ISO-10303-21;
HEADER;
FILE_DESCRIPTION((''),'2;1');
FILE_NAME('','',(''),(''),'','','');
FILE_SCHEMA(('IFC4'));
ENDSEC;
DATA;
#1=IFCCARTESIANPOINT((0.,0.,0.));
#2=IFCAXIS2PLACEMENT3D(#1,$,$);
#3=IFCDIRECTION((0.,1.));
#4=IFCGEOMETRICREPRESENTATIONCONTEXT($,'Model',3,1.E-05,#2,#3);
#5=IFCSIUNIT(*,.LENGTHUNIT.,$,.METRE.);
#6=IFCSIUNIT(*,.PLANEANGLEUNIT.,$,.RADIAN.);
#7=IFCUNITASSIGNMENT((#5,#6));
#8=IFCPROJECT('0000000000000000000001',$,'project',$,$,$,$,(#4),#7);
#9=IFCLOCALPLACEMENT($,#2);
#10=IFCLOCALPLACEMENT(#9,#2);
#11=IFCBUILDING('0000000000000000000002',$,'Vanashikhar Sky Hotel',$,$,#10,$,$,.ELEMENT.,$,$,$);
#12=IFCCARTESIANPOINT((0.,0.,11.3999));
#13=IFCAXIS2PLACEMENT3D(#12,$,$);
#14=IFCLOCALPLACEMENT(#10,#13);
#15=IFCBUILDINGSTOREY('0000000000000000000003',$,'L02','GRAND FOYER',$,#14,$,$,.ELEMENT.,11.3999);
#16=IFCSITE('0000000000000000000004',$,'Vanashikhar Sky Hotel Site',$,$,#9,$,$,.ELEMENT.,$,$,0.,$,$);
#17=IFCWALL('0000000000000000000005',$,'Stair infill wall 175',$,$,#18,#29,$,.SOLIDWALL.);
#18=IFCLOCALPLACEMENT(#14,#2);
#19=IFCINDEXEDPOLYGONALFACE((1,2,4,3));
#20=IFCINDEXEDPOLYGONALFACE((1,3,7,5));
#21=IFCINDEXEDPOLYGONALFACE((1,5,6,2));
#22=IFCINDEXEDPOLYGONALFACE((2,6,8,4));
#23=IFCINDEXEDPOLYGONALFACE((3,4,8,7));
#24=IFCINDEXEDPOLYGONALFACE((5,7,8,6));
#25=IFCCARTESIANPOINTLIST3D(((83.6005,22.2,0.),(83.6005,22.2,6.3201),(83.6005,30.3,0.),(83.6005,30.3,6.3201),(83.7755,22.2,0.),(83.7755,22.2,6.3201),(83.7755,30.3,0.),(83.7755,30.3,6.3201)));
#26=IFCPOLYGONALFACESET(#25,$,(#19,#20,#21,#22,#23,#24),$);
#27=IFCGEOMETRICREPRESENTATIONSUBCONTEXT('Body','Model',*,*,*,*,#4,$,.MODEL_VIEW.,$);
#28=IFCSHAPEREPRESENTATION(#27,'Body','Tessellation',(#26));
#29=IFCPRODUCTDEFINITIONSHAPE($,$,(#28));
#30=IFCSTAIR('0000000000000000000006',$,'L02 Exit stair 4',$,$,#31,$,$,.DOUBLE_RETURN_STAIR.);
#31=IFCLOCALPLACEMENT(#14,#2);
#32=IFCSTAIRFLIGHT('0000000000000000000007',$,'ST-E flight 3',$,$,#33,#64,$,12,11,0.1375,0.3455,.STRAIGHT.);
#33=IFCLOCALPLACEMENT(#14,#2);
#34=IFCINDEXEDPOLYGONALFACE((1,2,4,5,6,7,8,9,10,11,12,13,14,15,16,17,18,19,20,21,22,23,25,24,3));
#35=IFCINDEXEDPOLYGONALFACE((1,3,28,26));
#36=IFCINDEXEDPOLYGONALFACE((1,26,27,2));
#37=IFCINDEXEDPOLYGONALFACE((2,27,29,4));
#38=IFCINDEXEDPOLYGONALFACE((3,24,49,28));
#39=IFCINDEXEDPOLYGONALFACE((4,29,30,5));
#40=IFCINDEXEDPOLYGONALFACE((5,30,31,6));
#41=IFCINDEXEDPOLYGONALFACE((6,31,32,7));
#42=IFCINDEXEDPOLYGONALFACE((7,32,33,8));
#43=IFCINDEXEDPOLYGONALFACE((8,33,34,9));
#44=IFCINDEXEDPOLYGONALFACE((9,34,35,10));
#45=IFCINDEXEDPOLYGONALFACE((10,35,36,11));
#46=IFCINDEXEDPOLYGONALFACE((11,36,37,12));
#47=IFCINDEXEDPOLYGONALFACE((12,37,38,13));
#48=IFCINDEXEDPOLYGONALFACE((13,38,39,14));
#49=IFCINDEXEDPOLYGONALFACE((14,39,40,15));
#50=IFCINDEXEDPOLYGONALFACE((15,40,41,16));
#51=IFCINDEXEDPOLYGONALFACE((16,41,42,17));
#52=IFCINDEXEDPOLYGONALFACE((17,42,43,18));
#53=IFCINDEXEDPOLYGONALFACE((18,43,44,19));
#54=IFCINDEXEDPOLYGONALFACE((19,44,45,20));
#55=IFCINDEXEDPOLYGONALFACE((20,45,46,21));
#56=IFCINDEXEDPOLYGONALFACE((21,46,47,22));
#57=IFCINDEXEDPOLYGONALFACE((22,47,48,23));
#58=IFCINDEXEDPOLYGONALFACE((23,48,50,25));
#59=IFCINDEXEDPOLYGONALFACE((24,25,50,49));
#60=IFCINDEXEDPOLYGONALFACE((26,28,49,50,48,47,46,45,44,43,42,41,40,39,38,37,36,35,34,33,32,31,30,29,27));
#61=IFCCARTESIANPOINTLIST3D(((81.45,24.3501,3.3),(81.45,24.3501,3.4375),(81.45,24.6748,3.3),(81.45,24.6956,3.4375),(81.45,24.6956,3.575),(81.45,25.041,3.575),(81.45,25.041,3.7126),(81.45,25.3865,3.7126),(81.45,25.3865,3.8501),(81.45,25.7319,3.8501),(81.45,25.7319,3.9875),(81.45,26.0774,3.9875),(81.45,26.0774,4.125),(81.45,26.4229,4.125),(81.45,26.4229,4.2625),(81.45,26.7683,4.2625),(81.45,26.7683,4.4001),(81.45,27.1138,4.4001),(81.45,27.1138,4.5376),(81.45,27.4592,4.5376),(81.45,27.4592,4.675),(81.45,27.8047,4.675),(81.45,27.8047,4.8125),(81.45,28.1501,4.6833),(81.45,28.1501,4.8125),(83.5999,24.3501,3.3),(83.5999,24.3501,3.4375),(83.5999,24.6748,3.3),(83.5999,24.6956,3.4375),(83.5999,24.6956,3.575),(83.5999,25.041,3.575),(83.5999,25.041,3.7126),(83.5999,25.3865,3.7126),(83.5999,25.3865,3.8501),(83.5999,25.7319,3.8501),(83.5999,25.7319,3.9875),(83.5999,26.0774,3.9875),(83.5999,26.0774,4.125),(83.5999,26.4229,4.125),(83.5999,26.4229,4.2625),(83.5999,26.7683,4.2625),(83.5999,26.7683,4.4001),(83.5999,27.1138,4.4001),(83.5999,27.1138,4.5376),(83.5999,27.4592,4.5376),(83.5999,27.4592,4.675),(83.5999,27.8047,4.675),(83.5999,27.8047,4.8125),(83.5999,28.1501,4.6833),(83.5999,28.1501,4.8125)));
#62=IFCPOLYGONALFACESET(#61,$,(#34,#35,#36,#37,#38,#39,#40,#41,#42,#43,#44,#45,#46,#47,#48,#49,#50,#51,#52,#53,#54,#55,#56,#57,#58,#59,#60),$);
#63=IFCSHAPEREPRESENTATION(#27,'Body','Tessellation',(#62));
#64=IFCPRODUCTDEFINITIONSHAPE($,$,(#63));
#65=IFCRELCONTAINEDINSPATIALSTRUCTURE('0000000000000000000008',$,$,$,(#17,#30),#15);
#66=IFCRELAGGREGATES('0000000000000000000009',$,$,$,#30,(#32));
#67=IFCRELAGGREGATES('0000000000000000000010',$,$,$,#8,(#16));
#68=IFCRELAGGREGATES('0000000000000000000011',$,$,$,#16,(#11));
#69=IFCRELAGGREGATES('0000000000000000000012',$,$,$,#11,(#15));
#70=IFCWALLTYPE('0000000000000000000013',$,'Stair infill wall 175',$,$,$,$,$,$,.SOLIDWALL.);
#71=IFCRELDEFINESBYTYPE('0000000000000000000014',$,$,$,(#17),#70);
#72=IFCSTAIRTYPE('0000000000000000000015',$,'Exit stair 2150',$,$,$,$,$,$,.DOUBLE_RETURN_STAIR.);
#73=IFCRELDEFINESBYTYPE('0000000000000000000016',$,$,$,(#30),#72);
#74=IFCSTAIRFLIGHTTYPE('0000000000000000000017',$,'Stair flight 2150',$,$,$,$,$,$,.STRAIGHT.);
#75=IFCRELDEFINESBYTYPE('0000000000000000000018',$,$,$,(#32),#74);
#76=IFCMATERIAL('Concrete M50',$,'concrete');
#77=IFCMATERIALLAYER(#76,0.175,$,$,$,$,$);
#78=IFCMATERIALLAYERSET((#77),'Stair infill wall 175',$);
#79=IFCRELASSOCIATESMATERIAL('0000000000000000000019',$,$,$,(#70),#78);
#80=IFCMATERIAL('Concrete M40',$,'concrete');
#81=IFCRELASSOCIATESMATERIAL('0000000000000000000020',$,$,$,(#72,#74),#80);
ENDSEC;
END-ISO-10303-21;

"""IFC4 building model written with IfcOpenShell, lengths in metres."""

from ifc_helpers import new_model, si_unit, direction, frame, frame_2d, origin, place, context, subcontext, project, spatial, polyline, rectangle, outline, extrude, source, transform, mapped, material, layer, layer_set, type_object, element, aggregate, save


model = new_model("IFC4")

# Units and contexts
model_context = context("Model", 3, precision=1e-05, world=origin(), true_north=direction((0.0, 1.0)))
body_context = subcontext(model_context, "Body", "Model", "MODEL_VIEW")
ifc_project = project(units=[si_unit("LENGTHUNIT", "METRE"), si_unit("PLANEANGLEUNIT", "RADIAN")], contexts=[model_context])

# Site, building, storey
site_placement = place(None, origin())
site = spatial("IfcSite", under=ifc_project, at=site_placement, Name="Vanashikhar Sky Hotel Site", CompositionType="ELEMENT", RefElevation=0.0)
building_placement = place(site_placement, origin())
building = spatial("IfcBuilding", under=site, at=building_placement, Name="Vanashikhar Sky Hotel", CompositionType="ELEMENT")
storey_placement = place(building_placement, frame((0.0, 0.0, 11.3999)))
storey = spatial("IfcBuildingStorey", under=building, at=storey_placement, Name="L02", Description="GRAND FOYER", CompositionType="ELEMENT", Elevation=11.3999)

# Shared definitions
ifc_material_1 = material(Name="Concrete M50", Category="concrete")

# Wall
ifc_layer_1 = layer(ifc_material_1, 0.175)
ifc_layer_set_1 = layer_set([ifc_layer_1], Name="Stair infill wall 175")
wall_type_1 = type_object("IfcWallType", Name="Stair infill wall 175", PredefinedType="SOLIDWALL", material=ifc_layer_set_1)
shared_shape_1 = source(origin(), body_context, "Body", "SweptSolid", [
    extrude(rectangle(XDim=8.1001, YDim=0.175, at=frame_2d((4.05, 0.0))), origin(), (0.0, 0.0, 1.0), 6.3201),
])
wall_1_placement = place(storey_placement, frame((83.688, 22.2, 0.0), z_axis=(0.0, 0.0, 1.0), x_axis=(0.0, 1.0, 0.0)))
element("IfcWall", 1, at=wall_1_placement, inside=storey, type_object=wall_type_1, Name="Stair infill wall 175", PredefinedType="SOLIDWALL", context=body_context, shape_type="MappedRepresentation", body=[
    mapped(shared_shape_1, transform((0.0, 0.0, 0.0), scale=1.0)),
])

# Stair, stair flight
ifc_material_2 = material(Name="Concrete M40", Category="concrete")
stair_type = type_object("IfcStairType", Name="Exit stair 2150", PredefinedType="DOUBLE_RETURN_STAIR", material=ifc_material_2)
stair_placement = place(storey_placement, origin())
stair = element("IfcStair", 2, at=stair_placement, inside=storey, type_object=stair_type, Name="L02 Exit stair 4", PredefinedType="DOUBLE_RETURN_STAIR")
stair_flight_type = type_object("IfcStairFlightType", Name="Stair flight 2150", PredefinedType="STRAIGHT", material=ifc_material_2)
shared_shape_2 = source(origin(), body_context, "Body", "SweptSolid", [
    extrude(outline(polyline([(0.0, 0.0), (0.0, 0.1375), (0.3455, 0.1375), (0.3455, 0.2749), (0.6909, 0.2749), (0.6909, 0.4126), (1.0364, 0.4126), (1.0364, 0.55), (1.3818, 0.55), (1.3818, 0.6875), (1.7273, 0.6875), (1.7273, 0.825), (2.0728, 0.825), (2.0728, 0.9624), (2.4182, 0.9624), (2.4182, 1.1001), (2.7637, 1.1001), (2.7637, 1.2375), (3.1091, 1.2375), (3.1091, 1.375), (3.4546, 1.375), (3.4546, 1.5125), (3.8, 1.5125), (3.8, 1.6499), (3.8, 1.3833), (0.3247, 0.0), (0.0, 0.0)])), frame((0.0, 1.075, 0.0), z_axis=(0.0, -1.0, 0.0), x_axis=(1.0, 0.0, 0.0)), (0.0, 0.0, 1.0), 2.1499),
])
stair_flight_placement = place(storey_placement, frame((82.5249, 24.3501, 3.3), z_axis=(0.0, 0.0, 1.0), x_axis=(0.0, 1.0, 0.0)))
stair_flight = element("IfcStairFlight", 3, at=stair_flight_placement, type_object=stair_flight_type, Name="ST-E flight 3", NumberOfRisers=12, NumberOfTreads=11, PredefinedType="STRAIGHT", RiserHeight=0.1375, TreadLength=0.3455, context=body_context, shape_type="MappedRepresentation", body=[
    mapped(shared_shape_2, transform((0.0, 0.0, 0.0), scale=1.0)),
])
aggregate(stair, [stair_flight])

save(model, "model.ifc")
